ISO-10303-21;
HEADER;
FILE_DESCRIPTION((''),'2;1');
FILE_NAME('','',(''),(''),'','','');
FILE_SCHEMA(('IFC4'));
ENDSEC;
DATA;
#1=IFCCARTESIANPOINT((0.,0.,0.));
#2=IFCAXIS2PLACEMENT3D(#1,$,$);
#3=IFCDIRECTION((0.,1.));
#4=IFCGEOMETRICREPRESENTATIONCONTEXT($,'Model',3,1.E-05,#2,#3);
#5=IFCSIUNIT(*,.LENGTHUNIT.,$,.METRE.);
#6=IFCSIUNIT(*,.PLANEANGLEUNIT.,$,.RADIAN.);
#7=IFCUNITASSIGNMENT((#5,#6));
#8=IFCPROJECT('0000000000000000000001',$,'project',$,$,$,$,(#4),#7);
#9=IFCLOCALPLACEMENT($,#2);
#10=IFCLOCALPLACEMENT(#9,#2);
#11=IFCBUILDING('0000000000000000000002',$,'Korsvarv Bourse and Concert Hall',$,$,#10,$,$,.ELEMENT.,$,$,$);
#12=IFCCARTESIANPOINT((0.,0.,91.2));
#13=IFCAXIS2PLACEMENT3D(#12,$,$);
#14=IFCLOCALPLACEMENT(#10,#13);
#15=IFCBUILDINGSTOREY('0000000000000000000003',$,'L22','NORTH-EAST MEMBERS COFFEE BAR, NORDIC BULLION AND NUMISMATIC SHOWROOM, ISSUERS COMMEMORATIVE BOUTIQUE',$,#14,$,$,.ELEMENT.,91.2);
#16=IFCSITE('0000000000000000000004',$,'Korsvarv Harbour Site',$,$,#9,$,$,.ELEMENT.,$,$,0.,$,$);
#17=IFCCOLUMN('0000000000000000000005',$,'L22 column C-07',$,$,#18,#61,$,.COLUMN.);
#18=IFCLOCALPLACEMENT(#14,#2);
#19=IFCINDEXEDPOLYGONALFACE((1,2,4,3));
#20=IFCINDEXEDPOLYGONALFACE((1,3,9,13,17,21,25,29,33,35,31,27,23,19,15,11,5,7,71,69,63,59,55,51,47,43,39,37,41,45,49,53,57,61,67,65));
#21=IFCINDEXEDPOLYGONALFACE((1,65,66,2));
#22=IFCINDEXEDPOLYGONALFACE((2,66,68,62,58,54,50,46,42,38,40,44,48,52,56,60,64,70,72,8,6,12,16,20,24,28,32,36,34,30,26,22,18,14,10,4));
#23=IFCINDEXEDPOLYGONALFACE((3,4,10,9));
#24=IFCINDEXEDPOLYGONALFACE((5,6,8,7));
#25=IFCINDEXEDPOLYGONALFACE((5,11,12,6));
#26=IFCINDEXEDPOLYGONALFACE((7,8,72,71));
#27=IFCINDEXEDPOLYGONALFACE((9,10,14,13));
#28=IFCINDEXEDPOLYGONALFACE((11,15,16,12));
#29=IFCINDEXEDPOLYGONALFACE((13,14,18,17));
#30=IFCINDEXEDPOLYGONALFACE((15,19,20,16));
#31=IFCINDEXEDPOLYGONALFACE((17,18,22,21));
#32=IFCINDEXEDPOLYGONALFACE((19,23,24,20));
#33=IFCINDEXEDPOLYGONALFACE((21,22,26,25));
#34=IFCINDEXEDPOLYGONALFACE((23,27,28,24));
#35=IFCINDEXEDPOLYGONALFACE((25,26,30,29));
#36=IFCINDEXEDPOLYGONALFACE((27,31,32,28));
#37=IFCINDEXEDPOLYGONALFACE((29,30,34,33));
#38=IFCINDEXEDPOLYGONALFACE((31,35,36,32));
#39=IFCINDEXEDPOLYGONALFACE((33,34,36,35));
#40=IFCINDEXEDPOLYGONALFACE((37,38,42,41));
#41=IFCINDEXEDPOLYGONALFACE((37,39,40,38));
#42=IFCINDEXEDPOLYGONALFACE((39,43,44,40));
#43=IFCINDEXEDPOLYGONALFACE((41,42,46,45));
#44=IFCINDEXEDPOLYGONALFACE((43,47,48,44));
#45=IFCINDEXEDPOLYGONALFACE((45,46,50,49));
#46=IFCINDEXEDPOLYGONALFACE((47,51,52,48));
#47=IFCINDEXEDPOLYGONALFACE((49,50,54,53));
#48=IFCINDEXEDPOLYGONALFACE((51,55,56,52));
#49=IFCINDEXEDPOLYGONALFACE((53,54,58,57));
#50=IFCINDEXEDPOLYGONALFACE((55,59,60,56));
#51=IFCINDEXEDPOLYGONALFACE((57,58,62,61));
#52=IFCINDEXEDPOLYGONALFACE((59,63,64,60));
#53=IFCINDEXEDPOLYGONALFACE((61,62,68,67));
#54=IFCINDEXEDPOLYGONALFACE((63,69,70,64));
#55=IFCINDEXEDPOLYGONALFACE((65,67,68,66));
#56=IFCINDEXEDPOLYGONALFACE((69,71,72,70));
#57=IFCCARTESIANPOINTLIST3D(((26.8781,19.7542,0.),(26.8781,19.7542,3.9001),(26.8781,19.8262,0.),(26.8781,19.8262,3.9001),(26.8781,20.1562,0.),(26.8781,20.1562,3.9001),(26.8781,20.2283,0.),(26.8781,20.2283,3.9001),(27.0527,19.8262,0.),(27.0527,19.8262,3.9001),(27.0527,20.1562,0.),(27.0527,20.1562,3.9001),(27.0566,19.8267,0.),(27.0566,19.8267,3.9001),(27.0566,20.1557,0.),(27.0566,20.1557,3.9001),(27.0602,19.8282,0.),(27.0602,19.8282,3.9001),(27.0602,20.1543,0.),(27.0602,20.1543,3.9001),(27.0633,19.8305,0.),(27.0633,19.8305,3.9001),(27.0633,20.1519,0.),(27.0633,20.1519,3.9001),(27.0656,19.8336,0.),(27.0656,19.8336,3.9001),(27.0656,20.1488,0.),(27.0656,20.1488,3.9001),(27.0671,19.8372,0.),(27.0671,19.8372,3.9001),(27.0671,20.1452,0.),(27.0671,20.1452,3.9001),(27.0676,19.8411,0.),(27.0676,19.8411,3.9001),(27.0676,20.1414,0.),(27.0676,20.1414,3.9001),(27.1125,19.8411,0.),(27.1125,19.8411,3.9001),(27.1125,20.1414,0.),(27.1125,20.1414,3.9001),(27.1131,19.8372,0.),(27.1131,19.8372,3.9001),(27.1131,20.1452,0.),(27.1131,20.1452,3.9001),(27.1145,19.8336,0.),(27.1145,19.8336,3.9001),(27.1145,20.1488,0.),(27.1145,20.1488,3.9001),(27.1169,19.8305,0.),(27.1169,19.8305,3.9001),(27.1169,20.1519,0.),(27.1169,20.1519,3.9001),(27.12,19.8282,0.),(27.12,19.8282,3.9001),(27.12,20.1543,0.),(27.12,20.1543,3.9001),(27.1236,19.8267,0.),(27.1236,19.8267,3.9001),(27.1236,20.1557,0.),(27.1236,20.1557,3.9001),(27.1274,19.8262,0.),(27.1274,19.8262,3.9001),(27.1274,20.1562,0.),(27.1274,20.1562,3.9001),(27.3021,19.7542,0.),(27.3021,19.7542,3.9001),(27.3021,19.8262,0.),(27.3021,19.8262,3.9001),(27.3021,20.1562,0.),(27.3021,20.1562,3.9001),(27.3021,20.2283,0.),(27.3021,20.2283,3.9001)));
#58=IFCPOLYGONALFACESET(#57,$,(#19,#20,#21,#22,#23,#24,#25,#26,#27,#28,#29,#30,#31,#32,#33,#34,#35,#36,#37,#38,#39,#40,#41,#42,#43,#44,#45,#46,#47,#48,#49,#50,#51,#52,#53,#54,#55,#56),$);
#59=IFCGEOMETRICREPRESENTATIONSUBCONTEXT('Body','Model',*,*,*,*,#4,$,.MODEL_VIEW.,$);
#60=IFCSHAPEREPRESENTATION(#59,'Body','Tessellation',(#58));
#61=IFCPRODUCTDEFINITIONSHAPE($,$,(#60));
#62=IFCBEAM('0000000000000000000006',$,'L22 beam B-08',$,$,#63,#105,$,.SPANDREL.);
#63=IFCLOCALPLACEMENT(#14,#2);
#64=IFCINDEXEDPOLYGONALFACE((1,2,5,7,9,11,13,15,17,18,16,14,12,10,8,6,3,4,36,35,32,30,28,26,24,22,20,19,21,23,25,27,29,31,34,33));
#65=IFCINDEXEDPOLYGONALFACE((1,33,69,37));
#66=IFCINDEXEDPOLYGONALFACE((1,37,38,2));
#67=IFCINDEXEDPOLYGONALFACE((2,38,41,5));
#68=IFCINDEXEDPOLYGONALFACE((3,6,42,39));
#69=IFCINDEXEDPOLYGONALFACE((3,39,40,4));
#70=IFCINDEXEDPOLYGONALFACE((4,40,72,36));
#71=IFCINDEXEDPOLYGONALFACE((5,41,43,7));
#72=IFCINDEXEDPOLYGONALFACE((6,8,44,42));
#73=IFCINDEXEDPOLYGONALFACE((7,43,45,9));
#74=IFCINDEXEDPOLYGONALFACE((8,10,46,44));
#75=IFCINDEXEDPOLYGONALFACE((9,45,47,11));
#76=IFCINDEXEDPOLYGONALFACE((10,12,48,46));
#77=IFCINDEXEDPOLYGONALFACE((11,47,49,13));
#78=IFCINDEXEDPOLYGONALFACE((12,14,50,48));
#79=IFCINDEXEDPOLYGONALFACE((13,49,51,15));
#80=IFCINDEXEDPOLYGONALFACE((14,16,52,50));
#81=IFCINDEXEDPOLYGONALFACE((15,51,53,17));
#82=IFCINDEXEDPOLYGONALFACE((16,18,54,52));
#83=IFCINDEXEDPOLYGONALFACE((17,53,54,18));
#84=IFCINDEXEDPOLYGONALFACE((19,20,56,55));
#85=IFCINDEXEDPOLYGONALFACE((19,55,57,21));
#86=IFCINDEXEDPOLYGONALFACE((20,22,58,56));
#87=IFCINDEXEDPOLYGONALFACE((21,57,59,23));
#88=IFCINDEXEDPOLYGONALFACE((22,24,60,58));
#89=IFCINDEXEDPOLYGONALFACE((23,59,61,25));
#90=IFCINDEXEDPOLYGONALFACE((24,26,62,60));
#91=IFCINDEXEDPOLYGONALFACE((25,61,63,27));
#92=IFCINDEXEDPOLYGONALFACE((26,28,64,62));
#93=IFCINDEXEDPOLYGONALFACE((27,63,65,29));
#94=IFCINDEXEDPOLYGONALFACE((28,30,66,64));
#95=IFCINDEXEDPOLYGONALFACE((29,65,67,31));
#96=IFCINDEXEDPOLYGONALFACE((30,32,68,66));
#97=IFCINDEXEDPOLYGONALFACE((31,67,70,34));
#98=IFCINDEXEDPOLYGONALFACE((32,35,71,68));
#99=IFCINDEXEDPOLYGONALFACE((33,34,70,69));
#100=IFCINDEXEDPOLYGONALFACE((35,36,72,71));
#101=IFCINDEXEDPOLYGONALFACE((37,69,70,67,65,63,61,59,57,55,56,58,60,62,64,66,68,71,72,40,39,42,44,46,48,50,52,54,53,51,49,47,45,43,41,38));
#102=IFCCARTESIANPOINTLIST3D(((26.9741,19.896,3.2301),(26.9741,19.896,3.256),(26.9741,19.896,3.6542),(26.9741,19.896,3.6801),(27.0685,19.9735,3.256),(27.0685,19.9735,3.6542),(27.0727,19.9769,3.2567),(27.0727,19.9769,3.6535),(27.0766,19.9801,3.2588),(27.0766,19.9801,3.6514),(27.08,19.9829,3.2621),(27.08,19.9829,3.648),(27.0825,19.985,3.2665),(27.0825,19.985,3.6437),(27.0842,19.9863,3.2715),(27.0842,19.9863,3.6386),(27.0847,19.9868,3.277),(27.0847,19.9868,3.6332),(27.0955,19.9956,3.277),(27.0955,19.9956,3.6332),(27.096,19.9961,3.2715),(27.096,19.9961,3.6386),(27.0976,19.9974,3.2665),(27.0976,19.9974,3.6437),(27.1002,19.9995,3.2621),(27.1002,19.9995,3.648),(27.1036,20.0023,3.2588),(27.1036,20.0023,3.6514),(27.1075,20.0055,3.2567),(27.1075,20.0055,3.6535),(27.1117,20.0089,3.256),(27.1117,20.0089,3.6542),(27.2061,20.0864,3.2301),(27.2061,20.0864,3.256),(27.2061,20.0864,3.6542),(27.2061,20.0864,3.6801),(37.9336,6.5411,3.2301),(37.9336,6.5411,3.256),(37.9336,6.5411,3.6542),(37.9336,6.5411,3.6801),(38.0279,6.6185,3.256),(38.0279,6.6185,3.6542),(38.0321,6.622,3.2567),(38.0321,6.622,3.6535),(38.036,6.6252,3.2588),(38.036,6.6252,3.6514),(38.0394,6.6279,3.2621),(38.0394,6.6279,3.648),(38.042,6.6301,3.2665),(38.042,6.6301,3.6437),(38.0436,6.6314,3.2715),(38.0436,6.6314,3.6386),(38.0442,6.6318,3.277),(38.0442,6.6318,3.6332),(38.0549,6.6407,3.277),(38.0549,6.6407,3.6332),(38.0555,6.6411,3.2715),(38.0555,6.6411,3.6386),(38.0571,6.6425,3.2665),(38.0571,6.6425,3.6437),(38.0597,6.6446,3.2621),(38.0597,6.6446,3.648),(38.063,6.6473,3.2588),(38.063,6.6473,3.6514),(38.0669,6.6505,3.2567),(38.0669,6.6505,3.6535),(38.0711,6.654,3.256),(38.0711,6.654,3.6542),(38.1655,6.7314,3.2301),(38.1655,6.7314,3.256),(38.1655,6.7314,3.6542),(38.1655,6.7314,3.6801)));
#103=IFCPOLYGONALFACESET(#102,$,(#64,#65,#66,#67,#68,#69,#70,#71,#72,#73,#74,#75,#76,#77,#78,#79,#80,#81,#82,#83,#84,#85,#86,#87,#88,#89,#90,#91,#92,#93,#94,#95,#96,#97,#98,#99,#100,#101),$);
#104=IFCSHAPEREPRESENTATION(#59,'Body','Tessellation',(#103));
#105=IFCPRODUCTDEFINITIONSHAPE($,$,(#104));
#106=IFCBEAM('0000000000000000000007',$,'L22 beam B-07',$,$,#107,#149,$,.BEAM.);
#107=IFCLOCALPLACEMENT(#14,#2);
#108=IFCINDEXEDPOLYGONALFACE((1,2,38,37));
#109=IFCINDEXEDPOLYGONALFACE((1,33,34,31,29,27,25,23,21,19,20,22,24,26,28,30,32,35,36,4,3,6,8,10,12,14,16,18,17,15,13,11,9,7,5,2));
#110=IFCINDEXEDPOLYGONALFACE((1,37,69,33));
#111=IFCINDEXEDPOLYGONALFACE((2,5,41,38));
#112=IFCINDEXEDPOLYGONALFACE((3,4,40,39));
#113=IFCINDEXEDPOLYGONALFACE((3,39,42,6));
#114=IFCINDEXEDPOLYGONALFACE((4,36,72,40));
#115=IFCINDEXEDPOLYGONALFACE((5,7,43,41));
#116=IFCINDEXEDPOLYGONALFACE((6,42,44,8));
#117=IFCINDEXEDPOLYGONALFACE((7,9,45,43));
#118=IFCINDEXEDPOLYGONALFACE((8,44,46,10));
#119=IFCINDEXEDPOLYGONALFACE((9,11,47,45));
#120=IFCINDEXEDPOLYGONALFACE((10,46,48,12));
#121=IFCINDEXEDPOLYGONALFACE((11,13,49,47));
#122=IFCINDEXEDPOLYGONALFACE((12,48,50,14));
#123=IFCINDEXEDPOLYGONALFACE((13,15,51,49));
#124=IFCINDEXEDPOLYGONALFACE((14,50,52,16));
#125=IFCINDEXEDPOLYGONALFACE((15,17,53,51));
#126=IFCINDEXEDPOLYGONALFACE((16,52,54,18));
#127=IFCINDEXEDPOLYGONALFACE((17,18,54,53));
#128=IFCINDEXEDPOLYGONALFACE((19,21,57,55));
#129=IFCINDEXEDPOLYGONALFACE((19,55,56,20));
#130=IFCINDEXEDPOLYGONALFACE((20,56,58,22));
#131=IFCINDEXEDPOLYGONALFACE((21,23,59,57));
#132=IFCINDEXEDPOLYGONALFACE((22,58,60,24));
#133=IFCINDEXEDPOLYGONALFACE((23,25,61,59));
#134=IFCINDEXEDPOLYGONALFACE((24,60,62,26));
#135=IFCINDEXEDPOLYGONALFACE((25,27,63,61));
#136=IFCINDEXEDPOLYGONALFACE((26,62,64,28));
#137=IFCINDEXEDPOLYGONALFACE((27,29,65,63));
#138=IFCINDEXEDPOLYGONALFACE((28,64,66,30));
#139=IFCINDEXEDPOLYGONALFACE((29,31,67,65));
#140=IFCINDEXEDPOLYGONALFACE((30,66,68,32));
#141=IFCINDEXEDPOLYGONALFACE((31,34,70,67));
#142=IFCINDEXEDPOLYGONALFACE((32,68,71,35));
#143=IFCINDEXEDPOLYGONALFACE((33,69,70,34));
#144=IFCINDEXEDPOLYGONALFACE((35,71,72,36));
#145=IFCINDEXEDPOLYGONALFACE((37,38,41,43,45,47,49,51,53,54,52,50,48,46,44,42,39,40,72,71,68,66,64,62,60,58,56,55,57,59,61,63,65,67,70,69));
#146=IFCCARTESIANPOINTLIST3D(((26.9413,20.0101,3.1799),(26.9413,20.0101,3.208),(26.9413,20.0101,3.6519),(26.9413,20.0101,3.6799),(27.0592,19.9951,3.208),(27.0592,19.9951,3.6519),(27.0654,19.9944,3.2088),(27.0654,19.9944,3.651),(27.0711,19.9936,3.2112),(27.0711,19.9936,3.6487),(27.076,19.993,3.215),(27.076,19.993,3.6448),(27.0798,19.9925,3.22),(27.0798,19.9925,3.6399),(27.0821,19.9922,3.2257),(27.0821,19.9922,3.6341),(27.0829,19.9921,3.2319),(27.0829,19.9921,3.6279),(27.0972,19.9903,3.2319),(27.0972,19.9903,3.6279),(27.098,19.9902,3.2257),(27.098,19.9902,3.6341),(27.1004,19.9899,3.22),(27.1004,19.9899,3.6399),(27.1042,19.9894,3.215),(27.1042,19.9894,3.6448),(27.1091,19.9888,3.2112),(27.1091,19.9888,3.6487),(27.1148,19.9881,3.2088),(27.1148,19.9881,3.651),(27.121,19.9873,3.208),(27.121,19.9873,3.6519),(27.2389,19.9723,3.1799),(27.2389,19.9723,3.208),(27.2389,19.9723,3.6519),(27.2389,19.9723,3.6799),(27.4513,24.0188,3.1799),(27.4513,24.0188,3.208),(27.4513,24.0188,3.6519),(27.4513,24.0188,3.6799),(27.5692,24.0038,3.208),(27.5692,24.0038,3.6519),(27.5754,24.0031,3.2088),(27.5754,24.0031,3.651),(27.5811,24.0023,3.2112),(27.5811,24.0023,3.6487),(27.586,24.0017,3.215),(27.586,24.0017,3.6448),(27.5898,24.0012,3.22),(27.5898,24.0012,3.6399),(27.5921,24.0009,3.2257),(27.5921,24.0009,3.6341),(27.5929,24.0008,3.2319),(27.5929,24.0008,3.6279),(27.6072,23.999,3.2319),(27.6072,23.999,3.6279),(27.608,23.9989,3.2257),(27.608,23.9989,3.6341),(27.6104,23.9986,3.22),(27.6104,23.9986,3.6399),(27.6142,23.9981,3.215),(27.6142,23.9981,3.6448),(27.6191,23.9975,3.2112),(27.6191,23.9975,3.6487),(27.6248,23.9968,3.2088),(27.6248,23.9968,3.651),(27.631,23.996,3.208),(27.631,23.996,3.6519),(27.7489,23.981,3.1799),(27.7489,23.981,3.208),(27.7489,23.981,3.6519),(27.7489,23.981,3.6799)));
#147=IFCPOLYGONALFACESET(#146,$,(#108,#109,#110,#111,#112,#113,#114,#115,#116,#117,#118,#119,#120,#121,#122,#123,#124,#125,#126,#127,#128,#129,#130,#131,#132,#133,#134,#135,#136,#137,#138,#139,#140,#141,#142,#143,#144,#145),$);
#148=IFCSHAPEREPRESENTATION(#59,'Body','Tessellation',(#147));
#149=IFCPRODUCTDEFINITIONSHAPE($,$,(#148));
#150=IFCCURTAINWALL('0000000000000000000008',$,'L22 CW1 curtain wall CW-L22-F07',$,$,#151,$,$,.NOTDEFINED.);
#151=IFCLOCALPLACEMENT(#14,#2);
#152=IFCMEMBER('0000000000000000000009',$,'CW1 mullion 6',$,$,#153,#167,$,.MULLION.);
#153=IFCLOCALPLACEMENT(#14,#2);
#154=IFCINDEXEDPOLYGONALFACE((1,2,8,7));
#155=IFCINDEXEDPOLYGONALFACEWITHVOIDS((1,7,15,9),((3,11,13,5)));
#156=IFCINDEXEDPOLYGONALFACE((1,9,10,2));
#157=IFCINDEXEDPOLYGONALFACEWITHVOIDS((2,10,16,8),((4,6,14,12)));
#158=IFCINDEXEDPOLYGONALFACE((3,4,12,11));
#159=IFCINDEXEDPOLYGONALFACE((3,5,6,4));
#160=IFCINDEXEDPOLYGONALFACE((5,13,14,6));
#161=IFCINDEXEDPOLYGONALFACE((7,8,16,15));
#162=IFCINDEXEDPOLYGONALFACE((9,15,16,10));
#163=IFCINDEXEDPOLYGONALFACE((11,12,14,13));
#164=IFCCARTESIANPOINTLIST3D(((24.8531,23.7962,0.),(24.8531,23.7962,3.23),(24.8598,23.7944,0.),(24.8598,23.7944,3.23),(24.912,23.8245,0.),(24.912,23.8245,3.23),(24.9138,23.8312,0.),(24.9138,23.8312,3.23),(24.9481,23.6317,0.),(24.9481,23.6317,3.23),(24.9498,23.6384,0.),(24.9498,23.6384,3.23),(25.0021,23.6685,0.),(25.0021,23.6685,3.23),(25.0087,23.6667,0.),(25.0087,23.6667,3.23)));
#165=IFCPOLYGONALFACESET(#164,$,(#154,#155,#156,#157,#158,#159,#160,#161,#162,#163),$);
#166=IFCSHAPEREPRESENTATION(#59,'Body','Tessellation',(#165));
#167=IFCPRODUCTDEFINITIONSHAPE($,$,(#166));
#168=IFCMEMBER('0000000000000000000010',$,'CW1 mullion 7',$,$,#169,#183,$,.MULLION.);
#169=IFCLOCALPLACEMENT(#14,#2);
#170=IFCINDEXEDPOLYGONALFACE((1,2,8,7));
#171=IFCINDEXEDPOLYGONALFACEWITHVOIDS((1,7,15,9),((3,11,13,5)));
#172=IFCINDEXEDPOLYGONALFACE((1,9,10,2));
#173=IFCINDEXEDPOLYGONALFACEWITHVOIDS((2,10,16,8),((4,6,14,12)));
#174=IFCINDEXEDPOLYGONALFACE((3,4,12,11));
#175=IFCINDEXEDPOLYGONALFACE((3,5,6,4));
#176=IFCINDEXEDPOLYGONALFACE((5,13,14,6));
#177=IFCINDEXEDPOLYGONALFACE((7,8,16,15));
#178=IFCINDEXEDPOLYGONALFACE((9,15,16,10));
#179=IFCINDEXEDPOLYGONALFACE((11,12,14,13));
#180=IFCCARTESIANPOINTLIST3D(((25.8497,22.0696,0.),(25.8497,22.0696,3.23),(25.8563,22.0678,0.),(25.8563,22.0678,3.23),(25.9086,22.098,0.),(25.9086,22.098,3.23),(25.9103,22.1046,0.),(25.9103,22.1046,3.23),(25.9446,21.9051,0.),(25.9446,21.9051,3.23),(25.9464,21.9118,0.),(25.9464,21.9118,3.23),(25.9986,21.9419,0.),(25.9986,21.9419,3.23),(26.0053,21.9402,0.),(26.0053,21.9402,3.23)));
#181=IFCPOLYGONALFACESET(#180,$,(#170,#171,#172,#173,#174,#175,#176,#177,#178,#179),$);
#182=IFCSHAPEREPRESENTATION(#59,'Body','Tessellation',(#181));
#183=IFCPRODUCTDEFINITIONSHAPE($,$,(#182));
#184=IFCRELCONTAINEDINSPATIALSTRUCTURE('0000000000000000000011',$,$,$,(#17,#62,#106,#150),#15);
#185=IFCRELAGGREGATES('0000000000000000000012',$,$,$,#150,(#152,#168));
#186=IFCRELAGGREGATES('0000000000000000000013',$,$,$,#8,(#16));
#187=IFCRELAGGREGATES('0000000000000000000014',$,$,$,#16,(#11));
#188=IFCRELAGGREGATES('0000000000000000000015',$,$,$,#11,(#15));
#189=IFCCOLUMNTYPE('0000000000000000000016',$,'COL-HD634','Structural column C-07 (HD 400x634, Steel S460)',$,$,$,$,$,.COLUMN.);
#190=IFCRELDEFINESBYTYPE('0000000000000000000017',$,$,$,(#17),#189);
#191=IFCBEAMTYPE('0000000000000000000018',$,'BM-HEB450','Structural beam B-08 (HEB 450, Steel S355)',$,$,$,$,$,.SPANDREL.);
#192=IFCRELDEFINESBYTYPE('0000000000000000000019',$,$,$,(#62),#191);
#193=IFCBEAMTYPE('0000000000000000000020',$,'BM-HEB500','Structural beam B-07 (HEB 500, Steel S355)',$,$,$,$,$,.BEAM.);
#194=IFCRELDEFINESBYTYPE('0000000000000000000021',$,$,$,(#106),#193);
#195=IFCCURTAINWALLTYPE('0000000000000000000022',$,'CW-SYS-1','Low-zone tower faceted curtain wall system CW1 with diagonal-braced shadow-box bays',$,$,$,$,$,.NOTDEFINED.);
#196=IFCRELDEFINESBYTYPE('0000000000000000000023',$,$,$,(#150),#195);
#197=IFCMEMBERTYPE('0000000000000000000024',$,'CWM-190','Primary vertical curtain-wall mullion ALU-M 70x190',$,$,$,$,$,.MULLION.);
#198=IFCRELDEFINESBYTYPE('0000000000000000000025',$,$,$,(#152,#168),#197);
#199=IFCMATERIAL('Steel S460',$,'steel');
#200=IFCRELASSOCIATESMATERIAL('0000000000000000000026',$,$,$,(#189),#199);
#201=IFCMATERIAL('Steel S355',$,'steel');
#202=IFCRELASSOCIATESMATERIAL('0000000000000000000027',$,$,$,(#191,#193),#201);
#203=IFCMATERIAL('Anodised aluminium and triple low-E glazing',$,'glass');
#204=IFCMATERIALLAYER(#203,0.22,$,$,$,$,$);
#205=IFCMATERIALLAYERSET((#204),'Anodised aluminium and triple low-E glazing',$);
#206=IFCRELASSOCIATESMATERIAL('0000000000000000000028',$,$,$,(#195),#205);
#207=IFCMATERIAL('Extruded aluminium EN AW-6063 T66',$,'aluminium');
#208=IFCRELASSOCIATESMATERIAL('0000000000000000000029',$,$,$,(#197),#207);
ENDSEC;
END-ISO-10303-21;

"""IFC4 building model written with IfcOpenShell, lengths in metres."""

from ifc_helpers import new_model, si_unit, direction, frame, origin, origin_2d, place, context, subcontext, project, spatial, hollow_rectangle, i_section, extrude, source, transform, mapped, material, layer, layer_set, material_profile, profile_set, type_object, element, aggregate, save


model = new_model("IFC4")

# Units and contexts
model_context = context("Model", 3, precision=1e-05, world=origin(), true_north=direction((0.0, 1.0)))
body_context = subcontext(model_context, "Body", "Model", "MODEL_VIEW")
ifc_project = project(units=[si_unit("LENGTHUNIT", "METRE"), si_unit("PLANEANGLEUNIT", "RADIAN")], contexts=[model_context])

# Site, building, storey
site_placement = place(None, origin())
site = spatial("IfcSite", under=ifc_project, at=site_placement, Name="Korsvarv Harbour Site", CompositionType="ELEMENT", RefElevation=0.0)
building_placement = place(site_placement, origin())
building = spatial("IfcBuilding", under=site, at=building_placement, Name="Korsvarv Bourse and Concert Hall", CompositionType="ELEMENT")
storey_placement = place(building_placement, frame((0.0, 0.0, 91.2)))
storey = spatial("IfcBuildingStorey", under=building, at=storey_placement, Name="L22", Description="NORTH-EAST MEMBERS COFFEE BAR, NORDIC BULLION AND NUMISMATIC SHOWROOM, ISSUERS COMMEMORATIVE BOUTIQUE", CompositionType="ELEMENT", Elevation=91.2)

# Column
ifc_material_1 = material(Name="Steel S460", Category="steel")
ifc_material_profile_1 = material_profile(ifc_material_1, i_section(OverallWidth=0.4241, OverallDepth=0.4741, WebThickness=0.0449, FlangeThickness=0.072, FilletRadius=0.0149, at=origin_2d()), Name="HD 400x634")
ifc_profile_set_1 = profile_set([ifc_material_profile_1], Name="Steel S460")
column_type = type_object("IfcColumnType", Name="COL-HD634", Description="Structural column C-07 (HD 400x634, Steel S460)", PredefinedType="COLUMN", material=ifc_profile_set_1)
shared_shape_1 = source(origin(), body_context, "Body", "SweptSolid", [
    extrude(i_section(OverallWidth=0.4241, OverallDepth=0.4741, WebThickness=0.0449, FlangeThickness=0.072, FilletRadius=0.0149, at=origin_2d()), origin(), (0.0, 0.0, 1.0), 3.9001),
])
column_placement = place(storey_placement, frame((27.0901, 19.9912, 0.0), z_axis=(0.0, 0.0, 1.0), x_axis=(1.0, 0.0, 0.0)))
element("IfcColumn", 1, at=column_placement, inside=storey, type_object=column_type, Name="L22 column C-07", PredefinedType="COLUMN", context=body_context, shape_type="MappedRepresentation", body=[
    mapped(shared_shape_1, transform((0.0, 0.0, 0.0), scale=1.0)),
])

# Beams
ifc_material_2 = material(Name="Steel S355", Category="steel")
ifc_material_profile_2 = material_profile(ifc_material_2, i_section(OverallWidth=0.3, OverallDepth=0.45, WebThickness=0.0139, FlangeThickness=0.0259, FilletRadius=0.021, at=origin_2d()), Name="HEB 450")
ifc_profile_set_2 = profile_set([ifc_material_profile_2], Name="Steel S355")
beam_type_1 = type_object("IfcBeamType", Name="BM-HEB450", Description="Structural beam B-08 (HEB 450, Steel S355)", PredefinedType="SPANDREL", material=ifc_profile_set_2)
shared_shape_2 = source(origin(), body_context, "Body", "SweptSolid", [
    extrude(i_section(OverallWidth=0.3, OverallDepth=0.45, WebThickness=0.0139, FlangeThickness=0.0259, FilletRadius=0.021, at=origin_2d()), origin(), (0.0, 0.0, 1.0), 17.2761),
])
beam_1_placement = place(storey_placement, frame((27.0901, 19.9912, 3.4551), z_axis=(0.63437, -0.77303, 0.0), x_axis=(0.77303, 0.63437, 0.0)))
element("IfcBeam", 2, at=beam_1_placement, inside=storey, type_object=beam_type_1, Name="L22 beam B-08", PredefinedType="SPANDREL", context=body_context, shape_type="MappedRepresentation", body=[
    mapped(shared_shape_2, transform((0.0, 0.0, 0.0), scale=1.0)),
])
ifc_material_profile_3 = material_profile(ifc_material_2, i_section(OverallWidth=0.3, OverallDepth=0.5, WebThickness=0.0144, FlangeThickness=0.0281, FilletRadius=0.0239, at=origin_2d()), Name="HEB 500")
ifc_profile_set_3 = profile_set([ifc_material_profile_3], Name="Steel S355")
beam_type_2 = type_object("IfcBeamType", Name="BM-HEB500", Description="Structural beam B-07 (HEB 500, Steel S355)", PredefinedType="BEAM", material=ifc_profile_set_3)
shared_shape_3 = source(origin(), body_context, "Body", "SweptSolid", [
    extrude(i_section(OverallWidth=0.3, OverallDepth=0.5, WebThickness=0.0144, FlangeThickness=0.0281, FilletRadius=0.0239, at=origin_2d()), origin(), (0.0, 0.0, 1.0), 4.041),
])
beam_2_placement = place(storey_placement, frame((27.0901, 19.9912, 3.4299), z_axis=(0.126206, 0.992004, 0.0), x_axis=(-0.992004, 0.126206, 0.0)))
element("IfcBeam", 3, at=beam_2_placement, inside=storey, type_object=beam_type_2, Name="L22 beam B-07", PredefinedType="BEAM", context=body_context, shape_type="MappedRepresentation", body=[
    mapped(shared_shape_3, transform((0.0, 0.0, 0.0), scale=1.0)),
])

# Curtain wall, members
ifc_material_3 = material(Name="Anodised aluminium and triple low-E glazing", Category="glass")
ifc_layer_1 = layer(ifc_material_3, 0.22)
ifc_layer_set_1 = layer_set([ifc_layer_1], Name="Anodised aluminium and triple low-E glazing")
curtain_wall_type = type_object("IfcCurtainWallType", Name="CW-SYS-1", Description="Low-zone tower faceted curtain wall system CW1 with diagonal-braced shadow-box bays", PredefinedType="NOTDEFINED", material=ifc_layer_set_1)
curtain_wall_placement = place(storey_placement, origin())
curtain_wall = element("IfcCurtainWall", 4, at=curtain_wall_placement, inside=storey, type_object=curtain_wall_type, Name="L22 CW1 curtain wall CW-L22-F07", PredefinedType="NOTDEFINED")
ifc_material_4 = material(Name="Extruded aluminium EN AW-6063 T66", Category="aluminium")
ifc_material_profile_4 = material_profile(ifc_material_4, hollow_rectangle(XDim=0.0701, YDim=0.1899, WallThickness=0.0049, at=origin_2d()), Name="ALU-M 70x190")
ifc_profile_set_4 = profile_set([ifc_material_profile_4], Name="Extruded aluminium EN AW-6063 T66")
member_type_1 = type_object("IfcMemberType", Name="CWM-190", Description="Primary vertical curtain-wall mullion ALU-M 70x190", PredefinedType="MULLION", material=ifc_profile_set_4)
shared_shape_4 = source(origin(), body_context, "Body", "SweptSolid", [
    extrude(hollow_rectangle(XDim=0.0701, YDim=0.1899, WallThickness=0.0049, at=origin_2d()), origin(), (0.0, 0.0, 1.0), 3.23),
])
member_1_placement = place(storey_placement, frame((24.9309, 23.7314, 0.0), z_axis=(0.0, 0.0, 1.0), x_axis=(0.866026, 0.499999, 0.0)))
member_1 = element("IfcMember", 5, at=member_1_placement, type_object=member_type_1, Name="CW1 mullion 6", PredefinedType="MULLION", context=body_context, shape_type="MappedRepresentation", body=[
    mapped(shared_shape_4, transform((0.0, 0.0, 0.0), scale=1.0)),
])
member_2_placement = place(storey_placement, frame((25.9275, 22.0049, 0.0), z_axis=(0.0, 0.0, 1.0), x_axis=(0.866026, 0.499999, 0.0)))
member_2 = element("IfcMember", 6, at=member_2_placement, type_object=member_type_1, Name="CW1 mullion 7", PredefinedType="MULLION", context=body_context, shape_type="MappedRepresentation", body=[
    mapped(shared_shape_4, transform((0.0, 0.0, 0.0), scale=1.0)),
])
aggregate(curtain_wall, [member_1, member_2])

save(model, "model.ifc")
